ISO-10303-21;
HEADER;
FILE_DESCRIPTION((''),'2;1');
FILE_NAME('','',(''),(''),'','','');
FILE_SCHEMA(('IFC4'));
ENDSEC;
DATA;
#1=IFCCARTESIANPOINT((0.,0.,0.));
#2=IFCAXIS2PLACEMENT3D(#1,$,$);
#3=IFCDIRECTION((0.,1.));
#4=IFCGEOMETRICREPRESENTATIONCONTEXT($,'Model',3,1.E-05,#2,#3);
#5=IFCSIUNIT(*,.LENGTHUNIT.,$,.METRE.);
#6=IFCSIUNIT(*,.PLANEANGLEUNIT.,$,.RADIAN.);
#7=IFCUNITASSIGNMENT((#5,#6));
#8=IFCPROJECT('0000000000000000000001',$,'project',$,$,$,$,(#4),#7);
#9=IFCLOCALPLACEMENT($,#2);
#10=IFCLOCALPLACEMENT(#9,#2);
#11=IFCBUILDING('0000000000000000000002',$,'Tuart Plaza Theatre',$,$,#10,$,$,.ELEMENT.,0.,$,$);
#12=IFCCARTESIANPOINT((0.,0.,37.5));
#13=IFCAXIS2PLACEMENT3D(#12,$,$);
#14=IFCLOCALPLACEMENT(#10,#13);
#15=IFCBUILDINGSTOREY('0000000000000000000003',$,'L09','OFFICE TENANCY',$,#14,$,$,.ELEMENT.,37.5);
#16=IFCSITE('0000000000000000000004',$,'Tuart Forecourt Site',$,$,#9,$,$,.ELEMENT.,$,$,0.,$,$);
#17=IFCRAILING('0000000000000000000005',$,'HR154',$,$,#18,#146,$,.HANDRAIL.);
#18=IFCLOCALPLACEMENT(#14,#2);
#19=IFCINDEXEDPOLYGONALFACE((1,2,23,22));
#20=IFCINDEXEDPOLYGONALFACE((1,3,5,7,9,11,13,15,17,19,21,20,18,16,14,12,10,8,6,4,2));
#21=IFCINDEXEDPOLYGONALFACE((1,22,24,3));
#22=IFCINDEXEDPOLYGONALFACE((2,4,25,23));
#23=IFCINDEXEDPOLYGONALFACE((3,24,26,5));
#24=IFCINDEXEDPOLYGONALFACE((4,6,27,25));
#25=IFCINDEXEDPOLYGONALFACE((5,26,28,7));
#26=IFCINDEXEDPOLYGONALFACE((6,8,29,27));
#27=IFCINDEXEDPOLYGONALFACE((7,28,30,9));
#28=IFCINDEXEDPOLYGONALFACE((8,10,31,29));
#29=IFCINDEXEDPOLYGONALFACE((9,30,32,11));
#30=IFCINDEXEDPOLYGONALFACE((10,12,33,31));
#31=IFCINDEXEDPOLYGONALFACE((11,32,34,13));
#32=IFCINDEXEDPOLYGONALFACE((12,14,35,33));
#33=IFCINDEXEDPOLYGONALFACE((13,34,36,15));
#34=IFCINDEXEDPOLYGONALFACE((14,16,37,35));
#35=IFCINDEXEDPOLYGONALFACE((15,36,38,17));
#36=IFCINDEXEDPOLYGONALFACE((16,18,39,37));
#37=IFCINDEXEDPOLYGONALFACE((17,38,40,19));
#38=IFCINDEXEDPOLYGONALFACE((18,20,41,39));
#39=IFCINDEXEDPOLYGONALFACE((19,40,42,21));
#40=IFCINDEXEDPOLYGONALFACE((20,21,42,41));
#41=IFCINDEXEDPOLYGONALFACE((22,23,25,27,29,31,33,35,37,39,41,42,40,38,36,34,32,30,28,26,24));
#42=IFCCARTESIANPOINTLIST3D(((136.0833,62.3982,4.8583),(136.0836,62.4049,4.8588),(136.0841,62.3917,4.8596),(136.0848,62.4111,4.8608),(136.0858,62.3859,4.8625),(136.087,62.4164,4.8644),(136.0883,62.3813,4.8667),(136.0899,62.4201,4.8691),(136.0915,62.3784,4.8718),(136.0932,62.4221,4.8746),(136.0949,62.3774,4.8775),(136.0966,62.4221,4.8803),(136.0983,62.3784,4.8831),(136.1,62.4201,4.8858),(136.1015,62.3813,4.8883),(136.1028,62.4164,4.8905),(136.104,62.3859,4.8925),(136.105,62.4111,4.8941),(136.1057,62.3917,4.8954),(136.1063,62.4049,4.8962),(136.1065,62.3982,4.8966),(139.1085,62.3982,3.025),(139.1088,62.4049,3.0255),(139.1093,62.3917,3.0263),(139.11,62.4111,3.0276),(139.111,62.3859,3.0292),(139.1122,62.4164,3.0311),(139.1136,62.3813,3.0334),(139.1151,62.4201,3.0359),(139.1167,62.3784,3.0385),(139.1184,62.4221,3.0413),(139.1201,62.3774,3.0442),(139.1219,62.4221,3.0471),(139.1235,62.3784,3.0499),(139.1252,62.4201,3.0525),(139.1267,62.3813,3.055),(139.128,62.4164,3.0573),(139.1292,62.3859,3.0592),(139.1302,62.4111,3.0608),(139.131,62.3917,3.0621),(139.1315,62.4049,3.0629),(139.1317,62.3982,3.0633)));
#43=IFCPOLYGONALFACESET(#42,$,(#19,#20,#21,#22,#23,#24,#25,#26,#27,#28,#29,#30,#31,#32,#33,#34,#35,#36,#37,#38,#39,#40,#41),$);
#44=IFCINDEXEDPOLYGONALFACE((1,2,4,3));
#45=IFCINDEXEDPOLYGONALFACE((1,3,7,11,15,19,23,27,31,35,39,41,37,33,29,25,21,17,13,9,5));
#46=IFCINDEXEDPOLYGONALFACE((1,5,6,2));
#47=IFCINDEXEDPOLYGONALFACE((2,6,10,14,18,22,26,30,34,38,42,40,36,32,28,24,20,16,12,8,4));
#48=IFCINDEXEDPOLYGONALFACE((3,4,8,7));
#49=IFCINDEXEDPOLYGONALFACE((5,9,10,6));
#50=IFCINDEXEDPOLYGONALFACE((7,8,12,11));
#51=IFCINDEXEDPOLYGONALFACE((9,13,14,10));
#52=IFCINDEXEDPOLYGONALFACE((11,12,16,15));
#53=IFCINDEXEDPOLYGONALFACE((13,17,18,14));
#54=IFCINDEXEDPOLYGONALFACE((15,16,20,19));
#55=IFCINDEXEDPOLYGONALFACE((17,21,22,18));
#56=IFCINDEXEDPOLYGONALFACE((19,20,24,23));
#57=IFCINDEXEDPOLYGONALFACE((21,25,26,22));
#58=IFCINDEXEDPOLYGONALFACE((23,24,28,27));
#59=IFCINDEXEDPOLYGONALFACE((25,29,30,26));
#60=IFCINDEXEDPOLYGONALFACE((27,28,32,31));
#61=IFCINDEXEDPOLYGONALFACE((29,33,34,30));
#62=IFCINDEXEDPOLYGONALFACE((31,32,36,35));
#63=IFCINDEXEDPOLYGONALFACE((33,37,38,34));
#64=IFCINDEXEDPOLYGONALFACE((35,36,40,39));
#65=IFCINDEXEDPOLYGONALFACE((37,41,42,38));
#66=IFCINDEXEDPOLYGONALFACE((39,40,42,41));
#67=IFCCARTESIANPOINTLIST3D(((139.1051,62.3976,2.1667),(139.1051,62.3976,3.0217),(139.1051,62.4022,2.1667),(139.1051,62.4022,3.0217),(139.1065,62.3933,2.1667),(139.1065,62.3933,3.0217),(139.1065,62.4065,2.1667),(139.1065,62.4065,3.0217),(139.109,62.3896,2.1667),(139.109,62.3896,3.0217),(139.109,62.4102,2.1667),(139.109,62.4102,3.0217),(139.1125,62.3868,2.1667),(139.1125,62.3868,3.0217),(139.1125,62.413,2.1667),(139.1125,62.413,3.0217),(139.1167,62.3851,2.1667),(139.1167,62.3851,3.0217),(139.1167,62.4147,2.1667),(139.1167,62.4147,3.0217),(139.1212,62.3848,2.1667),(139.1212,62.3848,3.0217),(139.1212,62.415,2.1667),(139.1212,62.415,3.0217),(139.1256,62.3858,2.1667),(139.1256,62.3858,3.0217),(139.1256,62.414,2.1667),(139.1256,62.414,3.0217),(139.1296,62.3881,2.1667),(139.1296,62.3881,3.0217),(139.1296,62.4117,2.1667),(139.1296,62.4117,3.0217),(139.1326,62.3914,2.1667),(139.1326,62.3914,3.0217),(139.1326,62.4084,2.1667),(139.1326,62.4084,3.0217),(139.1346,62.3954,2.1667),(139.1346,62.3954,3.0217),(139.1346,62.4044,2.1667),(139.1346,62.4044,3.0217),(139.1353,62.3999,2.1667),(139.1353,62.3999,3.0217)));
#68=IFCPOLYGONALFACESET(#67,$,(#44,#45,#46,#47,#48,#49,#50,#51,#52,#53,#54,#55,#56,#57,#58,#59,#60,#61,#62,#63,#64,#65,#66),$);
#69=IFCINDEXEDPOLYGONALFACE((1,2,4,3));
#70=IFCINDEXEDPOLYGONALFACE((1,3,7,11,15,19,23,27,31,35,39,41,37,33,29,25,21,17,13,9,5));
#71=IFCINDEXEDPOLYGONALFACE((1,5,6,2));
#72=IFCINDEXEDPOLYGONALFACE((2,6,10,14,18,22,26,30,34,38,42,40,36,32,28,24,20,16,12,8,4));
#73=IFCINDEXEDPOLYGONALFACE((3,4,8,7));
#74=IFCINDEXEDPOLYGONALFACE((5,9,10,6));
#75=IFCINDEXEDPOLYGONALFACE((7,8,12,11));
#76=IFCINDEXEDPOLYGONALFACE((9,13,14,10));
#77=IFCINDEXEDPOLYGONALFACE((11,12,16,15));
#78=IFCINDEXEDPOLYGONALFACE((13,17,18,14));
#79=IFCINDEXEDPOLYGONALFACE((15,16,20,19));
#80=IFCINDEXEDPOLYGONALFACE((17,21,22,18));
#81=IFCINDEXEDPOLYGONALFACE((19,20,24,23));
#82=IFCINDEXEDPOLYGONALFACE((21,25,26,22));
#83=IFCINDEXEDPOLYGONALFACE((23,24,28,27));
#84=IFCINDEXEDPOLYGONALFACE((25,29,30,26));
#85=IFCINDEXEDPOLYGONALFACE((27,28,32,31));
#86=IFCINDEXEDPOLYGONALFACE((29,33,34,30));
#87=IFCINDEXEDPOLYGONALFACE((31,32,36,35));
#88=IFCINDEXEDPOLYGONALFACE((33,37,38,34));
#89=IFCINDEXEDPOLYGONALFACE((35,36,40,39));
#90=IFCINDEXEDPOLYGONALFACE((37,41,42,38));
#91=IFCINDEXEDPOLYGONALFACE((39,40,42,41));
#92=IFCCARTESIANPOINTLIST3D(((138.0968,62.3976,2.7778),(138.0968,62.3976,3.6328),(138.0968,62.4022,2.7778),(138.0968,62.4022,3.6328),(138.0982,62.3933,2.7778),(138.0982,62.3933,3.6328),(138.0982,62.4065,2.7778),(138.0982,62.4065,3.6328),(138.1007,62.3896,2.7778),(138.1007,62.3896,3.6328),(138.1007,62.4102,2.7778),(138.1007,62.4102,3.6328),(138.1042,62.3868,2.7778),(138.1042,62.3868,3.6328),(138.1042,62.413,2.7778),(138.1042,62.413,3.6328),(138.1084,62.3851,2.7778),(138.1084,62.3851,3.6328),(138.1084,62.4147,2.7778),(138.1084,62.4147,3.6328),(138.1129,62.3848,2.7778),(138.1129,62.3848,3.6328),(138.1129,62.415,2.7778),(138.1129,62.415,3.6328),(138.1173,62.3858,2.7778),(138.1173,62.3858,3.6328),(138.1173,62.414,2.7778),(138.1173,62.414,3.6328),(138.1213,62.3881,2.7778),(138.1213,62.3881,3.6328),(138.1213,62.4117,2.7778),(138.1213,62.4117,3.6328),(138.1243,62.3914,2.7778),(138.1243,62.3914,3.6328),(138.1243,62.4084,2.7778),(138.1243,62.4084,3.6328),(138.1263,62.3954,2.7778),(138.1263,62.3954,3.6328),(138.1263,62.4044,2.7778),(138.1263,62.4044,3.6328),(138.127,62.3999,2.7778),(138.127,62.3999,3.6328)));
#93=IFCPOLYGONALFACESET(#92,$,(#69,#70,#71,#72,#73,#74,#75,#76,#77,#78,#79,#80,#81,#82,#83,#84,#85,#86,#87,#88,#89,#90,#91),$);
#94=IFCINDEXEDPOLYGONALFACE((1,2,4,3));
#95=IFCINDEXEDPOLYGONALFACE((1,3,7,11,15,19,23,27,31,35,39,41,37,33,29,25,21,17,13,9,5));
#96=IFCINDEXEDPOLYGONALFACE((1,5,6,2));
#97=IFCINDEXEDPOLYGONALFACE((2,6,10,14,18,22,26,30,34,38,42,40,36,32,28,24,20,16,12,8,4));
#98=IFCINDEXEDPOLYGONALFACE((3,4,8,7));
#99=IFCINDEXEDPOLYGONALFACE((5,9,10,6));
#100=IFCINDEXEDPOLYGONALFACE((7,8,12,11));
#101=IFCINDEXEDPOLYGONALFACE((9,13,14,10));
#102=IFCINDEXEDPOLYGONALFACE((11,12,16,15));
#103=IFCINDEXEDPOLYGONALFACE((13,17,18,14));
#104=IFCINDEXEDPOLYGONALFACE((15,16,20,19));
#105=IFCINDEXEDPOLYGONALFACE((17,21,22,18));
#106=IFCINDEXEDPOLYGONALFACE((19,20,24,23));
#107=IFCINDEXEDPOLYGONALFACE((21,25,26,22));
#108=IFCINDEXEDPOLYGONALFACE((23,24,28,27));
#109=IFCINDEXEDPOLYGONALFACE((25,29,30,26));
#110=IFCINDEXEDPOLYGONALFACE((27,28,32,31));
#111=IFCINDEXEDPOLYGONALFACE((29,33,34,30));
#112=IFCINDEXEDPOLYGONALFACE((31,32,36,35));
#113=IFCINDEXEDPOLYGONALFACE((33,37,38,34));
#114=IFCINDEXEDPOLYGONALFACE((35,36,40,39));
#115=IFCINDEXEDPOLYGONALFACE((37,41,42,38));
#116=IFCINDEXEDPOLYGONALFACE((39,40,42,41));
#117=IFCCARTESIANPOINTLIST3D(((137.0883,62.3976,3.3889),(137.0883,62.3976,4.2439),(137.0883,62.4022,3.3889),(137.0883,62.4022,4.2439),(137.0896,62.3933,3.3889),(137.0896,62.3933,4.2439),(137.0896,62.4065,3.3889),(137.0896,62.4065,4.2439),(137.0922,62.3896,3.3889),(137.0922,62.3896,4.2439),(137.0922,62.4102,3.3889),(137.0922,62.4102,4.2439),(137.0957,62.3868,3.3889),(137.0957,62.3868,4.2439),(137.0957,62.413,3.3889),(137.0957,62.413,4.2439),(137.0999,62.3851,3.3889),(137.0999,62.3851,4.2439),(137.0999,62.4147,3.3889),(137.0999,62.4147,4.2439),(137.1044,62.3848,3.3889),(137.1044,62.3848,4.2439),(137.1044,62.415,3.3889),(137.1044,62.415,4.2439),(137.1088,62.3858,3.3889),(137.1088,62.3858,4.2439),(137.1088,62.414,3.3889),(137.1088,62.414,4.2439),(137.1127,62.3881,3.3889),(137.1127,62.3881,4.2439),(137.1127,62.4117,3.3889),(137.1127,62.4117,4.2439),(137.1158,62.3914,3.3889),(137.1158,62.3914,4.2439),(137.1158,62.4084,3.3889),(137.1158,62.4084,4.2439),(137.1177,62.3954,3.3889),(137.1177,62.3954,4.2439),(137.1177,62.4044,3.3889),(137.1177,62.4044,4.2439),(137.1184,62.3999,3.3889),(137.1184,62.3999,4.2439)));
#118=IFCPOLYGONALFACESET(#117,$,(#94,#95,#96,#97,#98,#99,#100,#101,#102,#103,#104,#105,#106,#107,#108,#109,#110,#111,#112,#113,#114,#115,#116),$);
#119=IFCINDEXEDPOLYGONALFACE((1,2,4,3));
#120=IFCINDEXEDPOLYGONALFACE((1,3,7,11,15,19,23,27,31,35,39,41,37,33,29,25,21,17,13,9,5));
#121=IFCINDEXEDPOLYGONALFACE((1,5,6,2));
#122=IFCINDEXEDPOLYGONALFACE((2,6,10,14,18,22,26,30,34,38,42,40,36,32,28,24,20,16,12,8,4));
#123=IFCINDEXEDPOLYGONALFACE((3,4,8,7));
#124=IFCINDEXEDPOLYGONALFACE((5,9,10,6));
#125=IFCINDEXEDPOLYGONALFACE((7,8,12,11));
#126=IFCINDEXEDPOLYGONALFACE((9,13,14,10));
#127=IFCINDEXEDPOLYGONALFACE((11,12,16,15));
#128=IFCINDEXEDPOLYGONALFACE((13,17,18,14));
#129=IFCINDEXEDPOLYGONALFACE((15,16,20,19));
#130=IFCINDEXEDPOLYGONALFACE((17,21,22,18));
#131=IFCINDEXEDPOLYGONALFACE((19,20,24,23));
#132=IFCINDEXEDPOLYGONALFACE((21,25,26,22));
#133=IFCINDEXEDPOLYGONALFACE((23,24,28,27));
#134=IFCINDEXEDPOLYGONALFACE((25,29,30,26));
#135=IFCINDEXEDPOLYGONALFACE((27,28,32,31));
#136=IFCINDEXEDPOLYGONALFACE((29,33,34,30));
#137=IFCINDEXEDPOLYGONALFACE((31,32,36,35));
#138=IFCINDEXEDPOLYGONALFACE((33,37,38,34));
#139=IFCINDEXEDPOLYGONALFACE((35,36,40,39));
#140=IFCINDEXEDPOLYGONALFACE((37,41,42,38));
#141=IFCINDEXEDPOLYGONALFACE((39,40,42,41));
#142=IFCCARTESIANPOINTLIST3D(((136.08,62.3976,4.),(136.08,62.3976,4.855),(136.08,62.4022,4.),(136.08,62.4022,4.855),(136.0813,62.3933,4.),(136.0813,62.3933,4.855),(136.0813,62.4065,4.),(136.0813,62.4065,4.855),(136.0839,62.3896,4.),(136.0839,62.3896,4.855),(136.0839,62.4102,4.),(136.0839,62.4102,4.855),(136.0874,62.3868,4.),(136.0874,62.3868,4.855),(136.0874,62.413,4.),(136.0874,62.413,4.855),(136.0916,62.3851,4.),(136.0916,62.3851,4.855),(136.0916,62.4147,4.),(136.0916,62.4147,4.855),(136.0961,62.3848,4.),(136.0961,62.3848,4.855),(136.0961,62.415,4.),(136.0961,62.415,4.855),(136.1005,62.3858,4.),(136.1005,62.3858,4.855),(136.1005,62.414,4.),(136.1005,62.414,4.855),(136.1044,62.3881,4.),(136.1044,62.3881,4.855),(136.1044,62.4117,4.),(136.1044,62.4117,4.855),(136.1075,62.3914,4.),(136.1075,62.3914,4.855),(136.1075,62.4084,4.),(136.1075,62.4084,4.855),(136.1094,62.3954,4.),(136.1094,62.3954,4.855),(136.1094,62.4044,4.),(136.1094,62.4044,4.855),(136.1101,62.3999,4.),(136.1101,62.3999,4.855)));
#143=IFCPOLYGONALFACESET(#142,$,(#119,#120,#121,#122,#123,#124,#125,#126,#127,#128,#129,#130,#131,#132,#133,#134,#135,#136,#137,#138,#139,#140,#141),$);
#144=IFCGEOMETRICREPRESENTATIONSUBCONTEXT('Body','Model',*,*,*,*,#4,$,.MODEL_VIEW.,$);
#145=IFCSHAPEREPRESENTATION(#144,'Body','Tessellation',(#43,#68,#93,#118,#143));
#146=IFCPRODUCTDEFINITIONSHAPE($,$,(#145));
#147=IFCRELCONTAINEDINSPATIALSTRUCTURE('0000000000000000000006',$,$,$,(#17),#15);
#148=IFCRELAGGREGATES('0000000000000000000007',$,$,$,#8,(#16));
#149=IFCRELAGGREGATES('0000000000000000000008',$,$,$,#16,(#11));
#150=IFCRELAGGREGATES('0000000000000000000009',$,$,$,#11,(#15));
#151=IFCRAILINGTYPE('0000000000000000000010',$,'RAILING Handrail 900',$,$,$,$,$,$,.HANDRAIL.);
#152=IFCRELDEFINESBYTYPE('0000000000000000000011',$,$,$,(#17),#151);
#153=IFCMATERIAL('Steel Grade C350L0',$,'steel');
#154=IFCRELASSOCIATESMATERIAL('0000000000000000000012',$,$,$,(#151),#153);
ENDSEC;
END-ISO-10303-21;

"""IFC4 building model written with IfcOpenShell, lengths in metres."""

from ifc_helpers import new_model, si_unit, direction, frame, origin, origin_2d, place, context, subcontext, project, spatial, circle, extrude, material, type_object, element, save


model = new_model("IFC4")

# Units and contexts
model_context = context("Model", 3, precision=1e-05, world=origin(), true_north=direction((0.0, 1.0)))
body_context = subcontext(model_context, "Body", "Model", "MODEL_VIEW")
ifc_project = project(units=[si_unit("LENGTHUNIT", "METRE"), si_unit("PLANEANGLEUNIT", "RADIAN")], contexts=[model_context])

# Site, building, storey
site_placement = place(None, origin())
site = spatial("IfcSite", under=ifc_project, at=site_placement, Name="Tuart Forecourt Site", CompositionType="ELEMENT", RefElevation=0.0)
building_placement = place(site_placement, origin())
building = spatial("IfcBuilding", under=site, at=building_placement, Name="Tuart Plaza Theatre", CompositionType="ELEMENT", ElevationOfRefHeight=0.0)
storey_placement = place(building_placement, frame((0.0, 0.0, 37.5)))
storey = spatial("IfcBuildingStorey", under=building, at=storey_placement, Name="L09", Description="OFFICE TENANCY", CompositionType="ELEMENT", Elevation=37.5)

# Railing
ifc_material_1 = material(Name="Steel Grade C350L0", Category="steel")
railing_type_1 = type_object("IfcRailingType", Name="RAILING Handrail 900", PredefinedType="HANDRAIL", material=ifc_material_1)
for number, where, name in (
    (1, (139.1201, 62.3999, 2.1667), "HR154"),
):
    element("IfcRailing", number, at=place(storey_placement, frame(where)), inside=storey, type_object=railing_type_1, Name=name, PredefinedType="HANDRAIL", context=body_context, shape_type="SweptSolid", body=[
        extrude(circle(Radius=0.0225, at=origin_2d()), frame((0.0, 0.0, 0.8774), z_axis=(-0.855219, 0.0, 0.518267), x_axis=(0.0, -1.0, 0.0)), (0.0, 0.0, 1.0), 3.5374),
        extrude(circle(Radius=0.0151, at=origin_2d()), origin(), (0.0, 0.0, 1.0), 0.855),
        extrude(circle(Radius=0.0151, at=origin_2d()), frame((-1.0083, 0.0, 0.6111)), (0.0, 0.0, 1.0), 0.855),
        extrude(circle(Radius=0.0151, at=origin_2d()), frame((-2.0168, 0.0, 1.2222)), (0.0, 0.0, 1.0), 0.855),
        extrude(circle(Radius=0.0151, at=origin_2d()), frame((-3.0251, 0.0, 1.8333)), (0.0, 0.0, 1.0), 0.855),
    ])

save(model, "model.ifc")
